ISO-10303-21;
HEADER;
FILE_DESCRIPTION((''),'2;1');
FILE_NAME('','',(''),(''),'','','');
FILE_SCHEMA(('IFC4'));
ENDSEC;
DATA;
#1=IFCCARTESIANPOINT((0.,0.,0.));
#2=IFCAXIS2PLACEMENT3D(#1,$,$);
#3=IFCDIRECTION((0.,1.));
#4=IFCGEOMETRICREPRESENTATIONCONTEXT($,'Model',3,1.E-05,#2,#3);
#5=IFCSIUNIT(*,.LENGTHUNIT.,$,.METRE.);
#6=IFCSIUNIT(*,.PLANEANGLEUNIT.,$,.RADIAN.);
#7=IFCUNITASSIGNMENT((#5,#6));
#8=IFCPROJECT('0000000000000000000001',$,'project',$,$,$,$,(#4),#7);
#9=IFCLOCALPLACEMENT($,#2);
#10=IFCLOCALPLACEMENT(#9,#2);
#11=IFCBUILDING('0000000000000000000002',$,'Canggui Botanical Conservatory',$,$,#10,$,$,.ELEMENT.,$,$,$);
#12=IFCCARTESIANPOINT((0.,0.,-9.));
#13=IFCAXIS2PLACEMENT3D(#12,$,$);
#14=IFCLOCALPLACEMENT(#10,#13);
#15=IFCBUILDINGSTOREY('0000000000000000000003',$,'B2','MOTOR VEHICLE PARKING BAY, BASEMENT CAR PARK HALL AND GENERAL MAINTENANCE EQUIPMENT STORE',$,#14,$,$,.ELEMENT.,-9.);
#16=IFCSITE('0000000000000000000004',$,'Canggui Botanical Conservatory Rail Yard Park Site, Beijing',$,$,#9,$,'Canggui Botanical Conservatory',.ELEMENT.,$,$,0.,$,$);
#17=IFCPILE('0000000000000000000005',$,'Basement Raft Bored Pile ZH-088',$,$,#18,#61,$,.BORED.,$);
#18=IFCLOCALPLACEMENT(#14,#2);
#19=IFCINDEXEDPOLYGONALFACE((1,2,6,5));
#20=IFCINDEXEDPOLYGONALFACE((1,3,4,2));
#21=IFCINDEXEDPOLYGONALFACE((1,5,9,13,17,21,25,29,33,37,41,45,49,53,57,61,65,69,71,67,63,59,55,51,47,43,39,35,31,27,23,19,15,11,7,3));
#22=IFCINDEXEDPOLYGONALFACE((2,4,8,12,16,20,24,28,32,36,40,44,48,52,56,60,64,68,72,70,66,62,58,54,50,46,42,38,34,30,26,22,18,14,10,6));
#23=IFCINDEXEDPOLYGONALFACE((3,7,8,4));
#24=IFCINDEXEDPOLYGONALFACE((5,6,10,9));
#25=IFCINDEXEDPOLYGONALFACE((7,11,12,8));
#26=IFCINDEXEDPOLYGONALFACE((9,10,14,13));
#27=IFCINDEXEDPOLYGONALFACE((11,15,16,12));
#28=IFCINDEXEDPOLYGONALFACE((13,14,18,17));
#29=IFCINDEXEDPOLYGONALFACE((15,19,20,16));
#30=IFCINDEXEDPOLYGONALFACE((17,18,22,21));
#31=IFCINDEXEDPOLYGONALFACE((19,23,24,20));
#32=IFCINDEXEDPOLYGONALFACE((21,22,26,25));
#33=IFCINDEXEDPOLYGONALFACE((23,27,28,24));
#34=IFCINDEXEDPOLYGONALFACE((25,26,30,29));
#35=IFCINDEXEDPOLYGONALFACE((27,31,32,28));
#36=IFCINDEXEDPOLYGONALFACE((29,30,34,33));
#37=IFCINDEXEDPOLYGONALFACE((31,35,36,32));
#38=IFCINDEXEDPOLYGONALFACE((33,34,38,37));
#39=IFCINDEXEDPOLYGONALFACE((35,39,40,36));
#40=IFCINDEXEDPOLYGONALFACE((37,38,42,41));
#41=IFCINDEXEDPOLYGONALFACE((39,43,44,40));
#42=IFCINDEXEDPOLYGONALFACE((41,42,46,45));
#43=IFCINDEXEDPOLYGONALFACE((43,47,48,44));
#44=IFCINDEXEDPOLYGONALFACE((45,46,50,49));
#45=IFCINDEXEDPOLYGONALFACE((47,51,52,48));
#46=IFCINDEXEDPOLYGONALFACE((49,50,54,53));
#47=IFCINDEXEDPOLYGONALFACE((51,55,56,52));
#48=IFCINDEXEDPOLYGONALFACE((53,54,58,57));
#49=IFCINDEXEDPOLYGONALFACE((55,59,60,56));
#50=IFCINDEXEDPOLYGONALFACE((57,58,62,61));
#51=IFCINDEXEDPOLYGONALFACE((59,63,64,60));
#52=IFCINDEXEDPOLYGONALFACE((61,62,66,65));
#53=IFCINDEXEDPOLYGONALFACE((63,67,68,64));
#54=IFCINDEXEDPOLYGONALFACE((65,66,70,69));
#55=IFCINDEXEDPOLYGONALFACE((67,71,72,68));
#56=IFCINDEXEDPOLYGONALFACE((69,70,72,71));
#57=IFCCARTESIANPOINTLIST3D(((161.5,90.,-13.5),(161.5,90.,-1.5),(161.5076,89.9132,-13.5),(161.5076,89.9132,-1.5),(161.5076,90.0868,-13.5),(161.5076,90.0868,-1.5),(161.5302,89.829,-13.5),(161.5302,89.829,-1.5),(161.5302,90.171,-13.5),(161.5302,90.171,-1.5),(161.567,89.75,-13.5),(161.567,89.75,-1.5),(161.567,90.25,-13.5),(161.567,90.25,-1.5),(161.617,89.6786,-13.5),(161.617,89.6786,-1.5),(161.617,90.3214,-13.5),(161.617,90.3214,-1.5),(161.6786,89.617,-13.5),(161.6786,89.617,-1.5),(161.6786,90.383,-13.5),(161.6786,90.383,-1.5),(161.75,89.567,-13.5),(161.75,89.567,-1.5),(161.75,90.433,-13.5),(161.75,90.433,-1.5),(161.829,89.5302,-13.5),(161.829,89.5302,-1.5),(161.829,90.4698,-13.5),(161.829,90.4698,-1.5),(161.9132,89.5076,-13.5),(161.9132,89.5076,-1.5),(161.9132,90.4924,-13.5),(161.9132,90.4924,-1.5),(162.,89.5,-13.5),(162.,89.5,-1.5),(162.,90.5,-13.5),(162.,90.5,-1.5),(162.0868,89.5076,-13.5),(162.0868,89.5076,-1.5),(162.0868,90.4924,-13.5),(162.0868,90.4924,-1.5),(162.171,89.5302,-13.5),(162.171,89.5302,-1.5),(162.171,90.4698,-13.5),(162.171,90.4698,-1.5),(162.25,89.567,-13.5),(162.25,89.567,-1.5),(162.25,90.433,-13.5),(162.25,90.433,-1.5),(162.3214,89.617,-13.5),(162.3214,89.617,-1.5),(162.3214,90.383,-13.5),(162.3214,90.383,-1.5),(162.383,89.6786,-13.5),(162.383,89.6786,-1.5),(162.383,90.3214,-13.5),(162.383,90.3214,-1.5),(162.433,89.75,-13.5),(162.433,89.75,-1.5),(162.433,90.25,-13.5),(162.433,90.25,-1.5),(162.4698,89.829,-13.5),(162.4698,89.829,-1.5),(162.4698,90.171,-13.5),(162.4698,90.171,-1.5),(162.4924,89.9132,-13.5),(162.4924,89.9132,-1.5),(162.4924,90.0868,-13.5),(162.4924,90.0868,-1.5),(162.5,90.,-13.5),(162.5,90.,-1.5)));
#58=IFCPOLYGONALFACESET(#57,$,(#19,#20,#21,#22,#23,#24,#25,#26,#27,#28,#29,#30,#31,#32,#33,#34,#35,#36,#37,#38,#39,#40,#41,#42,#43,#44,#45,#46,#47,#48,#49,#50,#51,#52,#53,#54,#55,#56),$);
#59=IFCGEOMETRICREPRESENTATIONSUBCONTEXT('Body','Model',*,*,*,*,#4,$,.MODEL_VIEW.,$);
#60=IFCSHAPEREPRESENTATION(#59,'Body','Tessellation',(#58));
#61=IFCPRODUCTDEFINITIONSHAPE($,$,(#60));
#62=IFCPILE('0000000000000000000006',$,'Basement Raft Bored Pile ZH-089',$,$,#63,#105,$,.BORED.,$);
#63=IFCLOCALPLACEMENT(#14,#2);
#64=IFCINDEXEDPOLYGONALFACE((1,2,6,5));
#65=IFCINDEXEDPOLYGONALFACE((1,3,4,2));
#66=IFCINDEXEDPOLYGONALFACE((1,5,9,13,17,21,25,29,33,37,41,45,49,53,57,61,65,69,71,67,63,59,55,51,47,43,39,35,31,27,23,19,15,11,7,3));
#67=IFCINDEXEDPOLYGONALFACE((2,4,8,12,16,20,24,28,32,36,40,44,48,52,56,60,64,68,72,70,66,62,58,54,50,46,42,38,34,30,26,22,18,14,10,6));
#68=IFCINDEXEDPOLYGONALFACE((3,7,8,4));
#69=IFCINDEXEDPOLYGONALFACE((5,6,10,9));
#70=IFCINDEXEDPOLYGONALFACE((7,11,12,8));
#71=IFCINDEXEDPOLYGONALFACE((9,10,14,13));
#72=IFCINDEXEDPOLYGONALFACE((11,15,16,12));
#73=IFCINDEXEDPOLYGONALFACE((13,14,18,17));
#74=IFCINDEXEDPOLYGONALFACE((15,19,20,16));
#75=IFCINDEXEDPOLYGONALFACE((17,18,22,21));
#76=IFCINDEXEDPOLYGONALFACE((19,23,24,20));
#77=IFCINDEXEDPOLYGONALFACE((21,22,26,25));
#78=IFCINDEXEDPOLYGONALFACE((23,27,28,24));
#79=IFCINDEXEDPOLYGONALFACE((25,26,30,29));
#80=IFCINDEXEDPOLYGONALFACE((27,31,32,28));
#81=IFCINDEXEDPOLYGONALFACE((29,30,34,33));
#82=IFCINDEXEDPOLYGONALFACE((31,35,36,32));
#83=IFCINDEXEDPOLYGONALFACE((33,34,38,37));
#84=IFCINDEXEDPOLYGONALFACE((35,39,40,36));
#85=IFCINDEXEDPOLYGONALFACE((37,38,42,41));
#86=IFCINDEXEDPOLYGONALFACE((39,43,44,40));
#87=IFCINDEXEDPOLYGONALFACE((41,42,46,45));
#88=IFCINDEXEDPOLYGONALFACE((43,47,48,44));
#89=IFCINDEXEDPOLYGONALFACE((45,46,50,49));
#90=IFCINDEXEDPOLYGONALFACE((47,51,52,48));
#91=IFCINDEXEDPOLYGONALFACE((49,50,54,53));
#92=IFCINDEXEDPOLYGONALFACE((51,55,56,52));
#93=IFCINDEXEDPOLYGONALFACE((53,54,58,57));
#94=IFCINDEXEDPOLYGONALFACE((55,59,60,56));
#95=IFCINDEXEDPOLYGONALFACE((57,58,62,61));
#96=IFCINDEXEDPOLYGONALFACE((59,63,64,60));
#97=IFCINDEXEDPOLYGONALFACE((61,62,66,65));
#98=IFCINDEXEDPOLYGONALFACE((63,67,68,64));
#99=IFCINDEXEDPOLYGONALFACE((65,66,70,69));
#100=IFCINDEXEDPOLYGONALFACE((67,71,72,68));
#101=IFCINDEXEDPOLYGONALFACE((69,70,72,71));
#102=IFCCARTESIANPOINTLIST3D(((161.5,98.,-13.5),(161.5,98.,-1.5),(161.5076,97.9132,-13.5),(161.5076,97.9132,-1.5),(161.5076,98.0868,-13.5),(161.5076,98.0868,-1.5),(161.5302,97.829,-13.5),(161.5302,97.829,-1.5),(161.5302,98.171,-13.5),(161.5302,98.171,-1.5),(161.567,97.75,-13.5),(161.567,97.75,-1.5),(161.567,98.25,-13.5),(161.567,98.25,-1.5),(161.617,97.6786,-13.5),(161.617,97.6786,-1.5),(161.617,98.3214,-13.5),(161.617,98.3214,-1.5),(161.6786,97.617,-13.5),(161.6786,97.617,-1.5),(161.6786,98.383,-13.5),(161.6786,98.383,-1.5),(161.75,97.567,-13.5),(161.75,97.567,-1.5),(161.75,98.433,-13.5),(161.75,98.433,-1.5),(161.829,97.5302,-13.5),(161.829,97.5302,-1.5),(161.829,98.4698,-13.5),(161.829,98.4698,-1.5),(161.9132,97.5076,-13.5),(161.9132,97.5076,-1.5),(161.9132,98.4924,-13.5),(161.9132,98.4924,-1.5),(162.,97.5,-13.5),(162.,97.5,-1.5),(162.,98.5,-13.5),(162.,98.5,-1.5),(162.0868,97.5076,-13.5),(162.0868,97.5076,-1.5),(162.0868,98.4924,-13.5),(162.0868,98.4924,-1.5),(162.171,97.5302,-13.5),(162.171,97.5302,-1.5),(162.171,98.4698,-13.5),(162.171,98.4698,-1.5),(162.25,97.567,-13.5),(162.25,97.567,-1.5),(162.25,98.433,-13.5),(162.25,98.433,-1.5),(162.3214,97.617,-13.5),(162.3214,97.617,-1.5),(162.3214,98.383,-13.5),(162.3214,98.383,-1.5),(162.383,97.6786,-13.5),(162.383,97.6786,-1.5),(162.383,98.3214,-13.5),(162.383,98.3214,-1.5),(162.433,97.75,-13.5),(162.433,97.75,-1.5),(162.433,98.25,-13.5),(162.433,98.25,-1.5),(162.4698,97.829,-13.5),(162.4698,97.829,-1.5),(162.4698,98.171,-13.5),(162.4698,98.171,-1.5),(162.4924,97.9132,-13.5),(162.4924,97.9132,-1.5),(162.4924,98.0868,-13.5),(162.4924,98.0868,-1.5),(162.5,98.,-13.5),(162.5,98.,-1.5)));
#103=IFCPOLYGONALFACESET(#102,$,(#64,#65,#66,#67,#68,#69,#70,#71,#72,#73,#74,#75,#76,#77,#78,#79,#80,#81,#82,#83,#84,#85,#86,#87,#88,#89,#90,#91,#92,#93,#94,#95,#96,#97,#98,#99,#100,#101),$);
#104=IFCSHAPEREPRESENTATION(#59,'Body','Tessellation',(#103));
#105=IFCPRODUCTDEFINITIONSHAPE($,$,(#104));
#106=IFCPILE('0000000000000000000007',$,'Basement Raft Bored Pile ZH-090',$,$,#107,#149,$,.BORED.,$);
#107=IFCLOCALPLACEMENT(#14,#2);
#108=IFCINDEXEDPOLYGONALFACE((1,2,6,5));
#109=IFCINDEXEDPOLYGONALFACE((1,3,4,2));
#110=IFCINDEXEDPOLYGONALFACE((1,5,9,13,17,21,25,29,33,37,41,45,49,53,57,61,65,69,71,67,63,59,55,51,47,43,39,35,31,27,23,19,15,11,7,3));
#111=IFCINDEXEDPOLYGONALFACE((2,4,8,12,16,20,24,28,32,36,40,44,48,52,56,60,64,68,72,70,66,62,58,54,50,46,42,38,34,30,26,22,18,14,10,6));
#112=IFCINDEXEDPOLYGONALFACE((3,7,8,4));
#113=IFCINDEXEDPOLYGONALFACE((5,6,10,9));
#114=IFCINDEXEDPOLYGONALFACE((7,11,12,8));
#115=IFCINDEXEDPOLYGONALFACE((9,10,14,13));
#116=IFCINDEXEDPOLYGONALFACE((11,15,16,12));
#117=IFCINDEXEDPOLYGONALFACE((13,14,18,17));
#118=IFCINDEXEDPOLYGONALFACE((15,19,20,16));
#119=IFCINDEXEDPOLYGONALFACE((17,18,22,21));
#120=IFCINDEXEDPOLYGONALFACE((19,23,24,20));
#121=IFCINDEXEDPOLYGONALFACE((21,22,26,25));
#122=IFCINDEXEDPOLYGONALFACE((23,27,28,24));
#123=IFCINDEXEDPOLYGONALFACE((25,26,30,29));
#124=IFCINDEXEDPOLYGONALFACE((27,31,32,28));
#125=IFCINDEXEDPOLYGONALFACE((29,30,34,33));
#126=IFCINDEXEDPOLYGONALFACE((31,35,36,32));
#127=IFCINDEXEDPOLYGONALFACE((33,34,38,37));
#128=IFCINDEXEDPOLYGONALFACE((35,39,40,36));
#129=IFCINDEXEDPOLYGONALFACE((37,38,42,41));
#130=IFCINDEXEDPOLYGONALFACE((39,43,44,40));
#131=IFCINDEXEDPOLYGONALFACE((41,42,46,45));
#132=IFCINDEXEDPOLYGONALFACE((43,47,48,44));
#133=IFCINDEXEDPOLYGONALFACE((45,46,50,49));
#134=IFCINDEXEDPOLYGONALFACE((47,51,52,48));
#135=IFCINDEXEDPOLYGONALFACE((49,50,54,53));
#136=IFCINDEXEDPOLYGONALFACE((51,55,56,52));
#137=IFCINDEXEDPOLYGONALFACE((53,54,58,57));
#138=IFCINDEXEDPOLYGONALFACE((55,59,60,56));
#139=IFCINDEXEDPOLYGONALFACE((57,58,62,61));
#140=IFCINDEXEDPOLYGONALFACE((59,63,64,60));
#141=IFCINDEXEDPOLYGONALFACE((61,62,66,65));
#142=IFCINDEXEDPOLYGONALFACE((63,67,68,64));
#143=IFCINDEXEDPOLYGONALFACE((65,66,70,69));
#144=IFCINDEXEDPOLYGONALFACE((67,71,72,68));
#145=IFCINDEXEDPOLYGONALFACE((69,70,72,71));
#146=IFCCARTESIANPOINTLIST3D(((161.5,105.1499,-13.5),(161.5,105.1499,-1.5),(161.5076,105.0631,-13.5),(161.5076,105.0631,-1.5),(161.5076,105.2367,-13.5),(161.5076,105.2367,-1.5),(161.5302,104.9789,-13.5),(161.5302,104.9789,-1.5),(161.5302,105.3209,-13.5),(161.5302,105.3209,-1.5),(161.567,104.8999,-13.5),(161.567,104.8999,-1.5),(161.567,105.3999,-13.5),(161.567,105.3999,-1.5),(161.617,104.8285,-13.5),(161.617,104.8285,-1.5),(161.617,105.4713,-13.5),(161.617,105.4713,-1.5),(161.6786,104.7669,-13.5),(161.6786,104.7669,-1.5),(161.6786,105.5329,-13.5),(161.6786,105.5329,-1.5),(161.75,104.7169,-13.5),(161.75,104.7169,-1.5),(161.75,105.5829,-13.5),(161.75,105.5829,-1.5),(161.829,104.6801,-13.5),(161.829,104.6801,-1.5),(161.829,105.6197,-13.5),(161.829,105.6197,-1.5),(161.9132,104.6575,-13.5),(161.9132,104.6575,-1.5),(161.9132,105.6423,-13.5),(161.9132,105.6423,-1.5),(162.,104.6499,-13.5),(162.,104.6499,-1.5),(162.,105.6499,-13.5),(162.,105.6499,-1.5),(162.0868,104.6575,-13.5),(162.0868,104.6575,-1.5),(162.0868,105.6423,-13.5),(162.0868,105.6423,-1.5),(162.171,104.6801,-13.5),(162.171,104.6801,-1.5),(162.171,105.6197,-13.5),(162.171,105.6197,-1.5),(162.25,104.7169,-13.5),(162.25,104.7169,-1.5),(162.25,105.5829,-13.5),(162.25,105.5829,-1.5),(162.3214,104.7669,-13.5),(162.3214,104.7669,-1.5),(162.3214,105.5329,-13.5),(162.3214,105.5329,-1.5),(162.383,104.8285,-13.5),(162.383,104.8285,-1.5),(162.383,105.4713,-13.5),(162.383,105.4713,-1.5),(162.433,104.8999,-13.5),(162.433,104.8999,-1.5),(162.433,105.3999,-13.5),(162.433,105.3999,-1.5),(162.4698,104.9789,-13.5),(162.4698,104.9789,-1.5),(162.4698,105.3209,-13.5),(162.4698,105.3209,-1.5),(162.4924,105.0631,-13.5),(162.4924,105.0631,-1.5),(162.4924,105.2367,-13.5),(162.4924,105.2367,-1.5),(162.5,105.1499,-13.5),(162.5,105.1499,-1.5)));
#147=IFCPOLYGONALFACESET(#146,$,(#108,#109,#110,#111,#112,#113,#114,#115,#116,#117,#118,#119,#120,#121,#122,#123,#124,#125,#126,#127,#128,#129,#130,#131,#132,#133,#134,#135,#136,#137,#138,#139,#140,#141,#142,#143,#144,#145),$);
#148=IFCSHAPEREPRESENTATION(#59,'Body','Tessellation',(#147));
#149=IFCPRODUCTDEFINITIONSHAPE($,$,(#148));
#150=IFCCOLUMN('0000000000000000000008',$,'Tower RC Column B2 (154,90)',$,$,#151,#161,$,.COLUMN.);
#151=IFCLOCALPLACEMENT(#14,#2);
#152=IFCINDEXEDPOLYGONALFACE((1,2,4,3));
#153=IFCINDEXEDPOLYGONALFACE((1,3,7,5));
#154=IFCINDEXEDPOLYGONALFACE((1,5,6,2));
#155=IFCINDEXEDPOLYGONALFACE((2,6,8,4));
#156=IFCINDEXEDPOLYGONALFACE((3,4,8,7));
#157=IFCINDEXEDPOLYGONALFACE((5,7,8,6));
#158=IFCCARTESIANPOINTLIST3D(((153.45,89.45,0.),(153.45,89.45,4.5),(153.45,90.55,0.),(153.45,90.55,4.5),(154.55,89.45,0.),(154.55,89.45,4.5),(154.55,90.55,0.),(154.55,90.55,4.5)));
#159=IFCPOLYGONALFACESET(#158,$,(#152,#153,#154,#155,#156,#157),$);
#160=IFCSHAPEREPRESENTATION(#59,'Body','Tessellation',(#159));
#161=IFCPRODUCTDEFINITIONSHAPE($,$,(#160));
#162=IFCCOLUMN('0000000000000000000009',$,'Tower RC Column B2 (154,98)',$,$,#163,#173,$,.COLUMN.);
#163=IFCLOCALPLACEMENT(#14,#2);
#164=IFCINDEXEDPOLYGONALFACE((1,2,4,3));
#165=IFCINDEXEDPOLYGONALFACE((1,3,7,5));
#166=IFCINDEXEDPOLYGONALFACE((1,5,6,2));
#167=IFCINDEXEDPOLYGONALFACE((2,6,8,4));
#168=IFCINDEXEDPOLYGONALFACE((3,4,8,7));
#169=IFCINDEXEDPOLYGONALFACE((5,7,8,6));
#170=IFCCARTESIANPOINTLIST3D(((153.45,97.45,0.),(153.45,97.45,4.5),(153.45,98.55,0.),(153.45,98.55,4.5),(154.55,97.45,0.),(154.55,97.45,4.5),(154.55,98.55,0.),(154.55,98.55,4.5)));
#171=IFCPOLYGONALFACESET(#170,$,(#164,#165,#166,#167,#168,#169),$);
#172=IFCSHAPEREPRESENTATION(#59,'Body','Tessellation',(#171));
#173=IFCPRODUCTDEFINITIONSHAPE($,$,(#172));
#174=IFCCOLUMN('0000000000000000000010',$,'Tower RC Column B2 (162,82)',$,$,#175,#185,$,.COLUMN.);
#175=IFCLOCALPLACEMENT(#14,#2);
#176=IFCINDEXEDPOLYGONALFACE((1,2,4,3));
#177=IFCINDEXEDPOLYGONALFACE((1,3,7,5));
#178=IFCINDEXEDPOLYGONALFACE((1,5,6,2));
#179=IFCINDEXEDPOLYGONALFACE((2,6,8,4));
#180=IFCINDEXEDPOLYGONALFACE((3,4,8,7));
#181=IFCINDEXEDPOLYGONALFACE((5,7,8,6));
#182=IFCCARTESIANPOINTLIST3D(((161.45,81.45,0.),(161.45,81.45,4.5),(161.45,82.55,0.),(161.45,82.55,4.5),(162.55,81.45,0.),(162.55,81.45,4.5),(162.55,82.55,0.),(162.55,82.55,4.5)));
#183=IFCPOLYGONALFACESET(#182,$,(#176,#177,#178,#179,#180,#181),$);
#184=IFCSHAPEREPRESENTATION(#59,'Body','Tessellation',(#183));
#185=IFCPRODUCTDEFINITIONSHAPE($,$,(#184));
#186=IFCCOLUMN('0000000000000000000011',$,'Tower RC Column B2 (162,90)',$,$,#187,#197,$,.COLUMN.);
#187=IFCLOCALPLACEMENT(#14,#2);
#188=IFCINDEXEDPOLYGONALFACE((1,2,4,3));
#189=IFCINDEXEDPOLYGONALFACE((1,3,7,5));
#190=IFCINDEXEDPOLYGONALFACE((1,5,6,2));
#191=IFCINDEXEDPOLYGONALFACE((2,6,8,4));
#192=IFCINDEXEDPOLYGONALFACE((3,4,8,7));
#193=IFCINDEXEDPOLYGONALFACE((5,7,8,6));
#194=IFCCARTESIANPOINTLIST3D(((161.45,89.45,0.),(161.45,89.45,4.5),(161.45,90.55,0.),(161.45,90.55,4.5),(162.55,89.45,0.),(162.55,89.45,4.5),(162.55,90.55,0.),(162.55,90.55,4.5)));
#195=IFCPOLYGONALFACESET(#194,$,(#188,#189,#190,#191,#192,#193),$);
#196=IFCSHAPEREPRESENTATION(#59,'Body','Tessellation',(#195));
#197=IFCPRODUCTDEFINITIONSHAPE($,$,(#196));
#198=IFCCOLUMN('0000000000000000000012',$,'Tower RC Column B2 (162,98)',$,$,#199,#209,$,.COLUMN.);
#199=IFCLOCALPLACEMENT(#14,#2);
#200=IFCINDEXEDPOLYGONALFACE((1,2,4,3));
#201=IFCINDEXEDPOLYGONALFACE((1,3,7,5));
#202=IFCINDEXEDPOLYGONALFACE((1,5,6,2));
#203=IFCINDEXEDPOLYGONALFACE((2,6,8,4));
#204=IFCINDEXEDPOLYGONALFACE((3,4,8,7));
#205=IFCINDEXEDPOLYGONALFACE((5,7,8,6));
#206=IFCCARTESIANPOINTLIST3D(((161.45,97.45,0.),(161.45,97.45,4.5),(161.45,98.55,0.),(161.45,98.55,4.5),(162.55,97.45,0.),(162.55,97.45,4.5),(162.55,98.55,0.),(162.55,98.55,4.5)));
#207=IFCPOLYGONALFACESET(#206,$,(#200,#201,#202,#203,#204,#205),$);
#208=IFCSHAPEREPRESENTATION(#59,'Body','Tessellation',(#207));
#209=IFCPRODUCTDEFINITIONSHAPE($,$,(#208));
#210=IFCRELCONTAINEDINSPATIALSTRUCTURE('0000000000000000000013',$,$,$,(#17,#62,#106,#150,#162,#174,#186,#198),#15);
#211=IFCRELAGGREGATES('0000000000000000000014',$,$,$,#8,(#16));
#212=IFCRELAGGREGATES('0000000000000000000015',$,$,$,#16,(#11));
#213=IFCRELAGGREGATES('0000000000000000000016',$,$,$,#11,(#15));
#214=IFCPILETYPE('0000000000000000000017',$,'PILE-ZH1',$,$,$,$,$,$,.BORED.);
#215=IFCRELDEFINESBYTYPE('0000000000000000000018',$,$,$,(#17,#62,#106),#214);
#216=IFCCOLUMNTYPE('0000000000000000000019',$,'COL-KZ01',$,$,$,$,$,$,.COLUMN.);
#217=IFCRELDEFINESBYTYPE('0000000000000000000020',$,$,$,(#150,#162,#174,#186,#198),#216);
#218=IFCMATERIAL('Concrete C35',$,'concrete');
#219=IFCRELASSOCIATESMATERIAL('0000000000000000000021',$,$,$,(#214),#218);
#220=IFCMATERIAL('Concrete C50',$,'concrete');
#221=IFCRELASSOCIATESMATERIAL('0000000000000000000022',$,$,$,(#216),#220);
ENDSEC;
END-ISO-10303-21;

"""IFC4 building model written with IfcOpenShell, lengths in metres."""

from ifc_helpers import new_model, si_unit, direction, frame, origin, origin_2d, place, context, subcontext, project, spatial, rectangle, circle, extrude, material, material_profile, profile_set, type_object, element, save


model = new_model("IFC4")

# Units and contexts
model_context = context("Model", 3, precision=1e-05, world=origin(), true_north=direction((0.0, 1.0)))
body_context = subcontext(model_context, "Body", "Model", "MODEL_VIEW")
ifc_project = project(units=[si_unit("LENGTHUNIT", "METRE"), si_unit("PLANEANGLEUNIT", "RADIAN")], contexts=[model_context])

# Site, building, storey
site_placement = place(None, origin())
site = spatial("IfcSite", under=ifc_project, at=site_placement, Name="Canggui Botanical Conservatory Rail Yard Park Site, Beijing", LongName="Canggui Botanical Conservatory", CompositionType="ELEMENT", RefElevation=0.0)
building_placement = place(site_placement, origin())
building = spatial("IfcBuilding", under=site, at=building_placement, Name="Canggui Botanical Conservatory", CompositionType="ELEMENT")
storey_placement = place(building_placement, frame((0.0, 0.0, -9.0)))
storey = spatial("IfcBuildingStorey", under=building, at=storey_placement, Name="B2", Description="MOTOR VEHICLE PARKING BAY, BASEMENT CAR PARK HALL AND GENERAL MAINTENANCE EQUIPMENT STORE", CompositionType="ELEMENT", Elevation=-9.0)

# Piles
ifc_material_1 = material(Name="Concrete C35", Category="concrete")
ifc_material_profile_1 = material_profile(ifc_material_1, circle(Radius=0.5, at=origin_2d()), Name="PILE D1000")
ifc_profile_set_1 = profile_set([ifc_material_profile_1], Name="Concrete C35")
pile_type = type_object("IfcPileType", Name="PILE-ZH1", PredefinedType="BORED", material=ifc_profile_set_1)
for number, where, z_axis, x_axis, name in (
    (1, (162.0, 90.0, -1.5), (0.0, 0.0, -1.0), (1.0, 0.0, 0.0), "Basement Raft Bored Pile ZH-088"),
    (2, (162.0, 98.0, -1.5), (0.0, 0.0, -1.0), (1.0, 0.0, 0.0), "Basement Raft Bored Pile ZH-089"),
    (3, (162.0, 105.1499, -1.5), (0.0, 0.0, -1.0), (1.0, 0.0, 0.0), "Basement Raft Bored Pile ZH-090"),
):
    element("IfcPile", number, at=place(storey_placement, frame(where, z_axis=z_axis, x_axis=x_axis)), inside=storey, type_object=pile_type, Name=name, PredefinedType="BORED", context=body_context, shape_type="SweptSolid", body=[
        extrude(circle(Radius=0.5, at=origin_2d()), origin(), (0.0, 0.0, 1.0), 12.0),
    ])

# Columns
ifc_material_2 = material(Name="Concrete C50", Category="concrete")
ifc_material_profile_2 = material_profile(ifc_material_2, rectangle(XDim=1.1001, YDim=1.1001, at=origin_2d()), Name="RC 1100x1100")
ifc_profile_set_2 = profile_set([ifc_material_profile_2], Name="Concrete C50")
column_type_1 = type_object("IfcColumnType", Name="COL-KZ01", PredefinedType="COLUMN", material=ifc_profile_set_2)
for number, where, z_axis, x_axis, name in (
    (4, (154.0, 90.0, 0.0), (0.0, 0.0, 1.0), (1.0, 0.0, 0.0), "Tower RC Column B2 (154,90)"),
    (5, (154.0, 98.0, 0.0), (0.0, 0.0, 1.0), (1.0, 0.0, 0.0), "Tower RC Column B2 (154,98)"),
    (6, (162.0, 82.0, 0.0), (0.0, 0.0, 1.0), (1.0, 0.0, 0.0), "Tower RC Column B2 (162,82)"),
    (7, (162.0, 90.0, 0.0), (0.0, 0.0, 1.0), (1.0, 0.0, 0.0), "Tower RC Column B2 (162,90)"),
    (8, (162.0, 98.0, 0.0), (0.0, 0.0, 1.0), (1.0, 0.0, 0.0), "Tower RC Column B2 (162,98)"),
):
    element("IfcColumn", number, at=place(storey_placement, frame(where, z_axis=z_axis, x_axis=x_axis)), inside=storey, type_object=column_type_1, Name=name, PredefinedType="COLUMN", context=body_context, shape_type="SweptSolid", body=[
        extrude(rectangle(XDim=1.1001, YDim=1.1001, at=origin_2d()), origin(), (0.0, 0.0, 1.0), 4.5),
    ])

save(model, "model.ifc")
